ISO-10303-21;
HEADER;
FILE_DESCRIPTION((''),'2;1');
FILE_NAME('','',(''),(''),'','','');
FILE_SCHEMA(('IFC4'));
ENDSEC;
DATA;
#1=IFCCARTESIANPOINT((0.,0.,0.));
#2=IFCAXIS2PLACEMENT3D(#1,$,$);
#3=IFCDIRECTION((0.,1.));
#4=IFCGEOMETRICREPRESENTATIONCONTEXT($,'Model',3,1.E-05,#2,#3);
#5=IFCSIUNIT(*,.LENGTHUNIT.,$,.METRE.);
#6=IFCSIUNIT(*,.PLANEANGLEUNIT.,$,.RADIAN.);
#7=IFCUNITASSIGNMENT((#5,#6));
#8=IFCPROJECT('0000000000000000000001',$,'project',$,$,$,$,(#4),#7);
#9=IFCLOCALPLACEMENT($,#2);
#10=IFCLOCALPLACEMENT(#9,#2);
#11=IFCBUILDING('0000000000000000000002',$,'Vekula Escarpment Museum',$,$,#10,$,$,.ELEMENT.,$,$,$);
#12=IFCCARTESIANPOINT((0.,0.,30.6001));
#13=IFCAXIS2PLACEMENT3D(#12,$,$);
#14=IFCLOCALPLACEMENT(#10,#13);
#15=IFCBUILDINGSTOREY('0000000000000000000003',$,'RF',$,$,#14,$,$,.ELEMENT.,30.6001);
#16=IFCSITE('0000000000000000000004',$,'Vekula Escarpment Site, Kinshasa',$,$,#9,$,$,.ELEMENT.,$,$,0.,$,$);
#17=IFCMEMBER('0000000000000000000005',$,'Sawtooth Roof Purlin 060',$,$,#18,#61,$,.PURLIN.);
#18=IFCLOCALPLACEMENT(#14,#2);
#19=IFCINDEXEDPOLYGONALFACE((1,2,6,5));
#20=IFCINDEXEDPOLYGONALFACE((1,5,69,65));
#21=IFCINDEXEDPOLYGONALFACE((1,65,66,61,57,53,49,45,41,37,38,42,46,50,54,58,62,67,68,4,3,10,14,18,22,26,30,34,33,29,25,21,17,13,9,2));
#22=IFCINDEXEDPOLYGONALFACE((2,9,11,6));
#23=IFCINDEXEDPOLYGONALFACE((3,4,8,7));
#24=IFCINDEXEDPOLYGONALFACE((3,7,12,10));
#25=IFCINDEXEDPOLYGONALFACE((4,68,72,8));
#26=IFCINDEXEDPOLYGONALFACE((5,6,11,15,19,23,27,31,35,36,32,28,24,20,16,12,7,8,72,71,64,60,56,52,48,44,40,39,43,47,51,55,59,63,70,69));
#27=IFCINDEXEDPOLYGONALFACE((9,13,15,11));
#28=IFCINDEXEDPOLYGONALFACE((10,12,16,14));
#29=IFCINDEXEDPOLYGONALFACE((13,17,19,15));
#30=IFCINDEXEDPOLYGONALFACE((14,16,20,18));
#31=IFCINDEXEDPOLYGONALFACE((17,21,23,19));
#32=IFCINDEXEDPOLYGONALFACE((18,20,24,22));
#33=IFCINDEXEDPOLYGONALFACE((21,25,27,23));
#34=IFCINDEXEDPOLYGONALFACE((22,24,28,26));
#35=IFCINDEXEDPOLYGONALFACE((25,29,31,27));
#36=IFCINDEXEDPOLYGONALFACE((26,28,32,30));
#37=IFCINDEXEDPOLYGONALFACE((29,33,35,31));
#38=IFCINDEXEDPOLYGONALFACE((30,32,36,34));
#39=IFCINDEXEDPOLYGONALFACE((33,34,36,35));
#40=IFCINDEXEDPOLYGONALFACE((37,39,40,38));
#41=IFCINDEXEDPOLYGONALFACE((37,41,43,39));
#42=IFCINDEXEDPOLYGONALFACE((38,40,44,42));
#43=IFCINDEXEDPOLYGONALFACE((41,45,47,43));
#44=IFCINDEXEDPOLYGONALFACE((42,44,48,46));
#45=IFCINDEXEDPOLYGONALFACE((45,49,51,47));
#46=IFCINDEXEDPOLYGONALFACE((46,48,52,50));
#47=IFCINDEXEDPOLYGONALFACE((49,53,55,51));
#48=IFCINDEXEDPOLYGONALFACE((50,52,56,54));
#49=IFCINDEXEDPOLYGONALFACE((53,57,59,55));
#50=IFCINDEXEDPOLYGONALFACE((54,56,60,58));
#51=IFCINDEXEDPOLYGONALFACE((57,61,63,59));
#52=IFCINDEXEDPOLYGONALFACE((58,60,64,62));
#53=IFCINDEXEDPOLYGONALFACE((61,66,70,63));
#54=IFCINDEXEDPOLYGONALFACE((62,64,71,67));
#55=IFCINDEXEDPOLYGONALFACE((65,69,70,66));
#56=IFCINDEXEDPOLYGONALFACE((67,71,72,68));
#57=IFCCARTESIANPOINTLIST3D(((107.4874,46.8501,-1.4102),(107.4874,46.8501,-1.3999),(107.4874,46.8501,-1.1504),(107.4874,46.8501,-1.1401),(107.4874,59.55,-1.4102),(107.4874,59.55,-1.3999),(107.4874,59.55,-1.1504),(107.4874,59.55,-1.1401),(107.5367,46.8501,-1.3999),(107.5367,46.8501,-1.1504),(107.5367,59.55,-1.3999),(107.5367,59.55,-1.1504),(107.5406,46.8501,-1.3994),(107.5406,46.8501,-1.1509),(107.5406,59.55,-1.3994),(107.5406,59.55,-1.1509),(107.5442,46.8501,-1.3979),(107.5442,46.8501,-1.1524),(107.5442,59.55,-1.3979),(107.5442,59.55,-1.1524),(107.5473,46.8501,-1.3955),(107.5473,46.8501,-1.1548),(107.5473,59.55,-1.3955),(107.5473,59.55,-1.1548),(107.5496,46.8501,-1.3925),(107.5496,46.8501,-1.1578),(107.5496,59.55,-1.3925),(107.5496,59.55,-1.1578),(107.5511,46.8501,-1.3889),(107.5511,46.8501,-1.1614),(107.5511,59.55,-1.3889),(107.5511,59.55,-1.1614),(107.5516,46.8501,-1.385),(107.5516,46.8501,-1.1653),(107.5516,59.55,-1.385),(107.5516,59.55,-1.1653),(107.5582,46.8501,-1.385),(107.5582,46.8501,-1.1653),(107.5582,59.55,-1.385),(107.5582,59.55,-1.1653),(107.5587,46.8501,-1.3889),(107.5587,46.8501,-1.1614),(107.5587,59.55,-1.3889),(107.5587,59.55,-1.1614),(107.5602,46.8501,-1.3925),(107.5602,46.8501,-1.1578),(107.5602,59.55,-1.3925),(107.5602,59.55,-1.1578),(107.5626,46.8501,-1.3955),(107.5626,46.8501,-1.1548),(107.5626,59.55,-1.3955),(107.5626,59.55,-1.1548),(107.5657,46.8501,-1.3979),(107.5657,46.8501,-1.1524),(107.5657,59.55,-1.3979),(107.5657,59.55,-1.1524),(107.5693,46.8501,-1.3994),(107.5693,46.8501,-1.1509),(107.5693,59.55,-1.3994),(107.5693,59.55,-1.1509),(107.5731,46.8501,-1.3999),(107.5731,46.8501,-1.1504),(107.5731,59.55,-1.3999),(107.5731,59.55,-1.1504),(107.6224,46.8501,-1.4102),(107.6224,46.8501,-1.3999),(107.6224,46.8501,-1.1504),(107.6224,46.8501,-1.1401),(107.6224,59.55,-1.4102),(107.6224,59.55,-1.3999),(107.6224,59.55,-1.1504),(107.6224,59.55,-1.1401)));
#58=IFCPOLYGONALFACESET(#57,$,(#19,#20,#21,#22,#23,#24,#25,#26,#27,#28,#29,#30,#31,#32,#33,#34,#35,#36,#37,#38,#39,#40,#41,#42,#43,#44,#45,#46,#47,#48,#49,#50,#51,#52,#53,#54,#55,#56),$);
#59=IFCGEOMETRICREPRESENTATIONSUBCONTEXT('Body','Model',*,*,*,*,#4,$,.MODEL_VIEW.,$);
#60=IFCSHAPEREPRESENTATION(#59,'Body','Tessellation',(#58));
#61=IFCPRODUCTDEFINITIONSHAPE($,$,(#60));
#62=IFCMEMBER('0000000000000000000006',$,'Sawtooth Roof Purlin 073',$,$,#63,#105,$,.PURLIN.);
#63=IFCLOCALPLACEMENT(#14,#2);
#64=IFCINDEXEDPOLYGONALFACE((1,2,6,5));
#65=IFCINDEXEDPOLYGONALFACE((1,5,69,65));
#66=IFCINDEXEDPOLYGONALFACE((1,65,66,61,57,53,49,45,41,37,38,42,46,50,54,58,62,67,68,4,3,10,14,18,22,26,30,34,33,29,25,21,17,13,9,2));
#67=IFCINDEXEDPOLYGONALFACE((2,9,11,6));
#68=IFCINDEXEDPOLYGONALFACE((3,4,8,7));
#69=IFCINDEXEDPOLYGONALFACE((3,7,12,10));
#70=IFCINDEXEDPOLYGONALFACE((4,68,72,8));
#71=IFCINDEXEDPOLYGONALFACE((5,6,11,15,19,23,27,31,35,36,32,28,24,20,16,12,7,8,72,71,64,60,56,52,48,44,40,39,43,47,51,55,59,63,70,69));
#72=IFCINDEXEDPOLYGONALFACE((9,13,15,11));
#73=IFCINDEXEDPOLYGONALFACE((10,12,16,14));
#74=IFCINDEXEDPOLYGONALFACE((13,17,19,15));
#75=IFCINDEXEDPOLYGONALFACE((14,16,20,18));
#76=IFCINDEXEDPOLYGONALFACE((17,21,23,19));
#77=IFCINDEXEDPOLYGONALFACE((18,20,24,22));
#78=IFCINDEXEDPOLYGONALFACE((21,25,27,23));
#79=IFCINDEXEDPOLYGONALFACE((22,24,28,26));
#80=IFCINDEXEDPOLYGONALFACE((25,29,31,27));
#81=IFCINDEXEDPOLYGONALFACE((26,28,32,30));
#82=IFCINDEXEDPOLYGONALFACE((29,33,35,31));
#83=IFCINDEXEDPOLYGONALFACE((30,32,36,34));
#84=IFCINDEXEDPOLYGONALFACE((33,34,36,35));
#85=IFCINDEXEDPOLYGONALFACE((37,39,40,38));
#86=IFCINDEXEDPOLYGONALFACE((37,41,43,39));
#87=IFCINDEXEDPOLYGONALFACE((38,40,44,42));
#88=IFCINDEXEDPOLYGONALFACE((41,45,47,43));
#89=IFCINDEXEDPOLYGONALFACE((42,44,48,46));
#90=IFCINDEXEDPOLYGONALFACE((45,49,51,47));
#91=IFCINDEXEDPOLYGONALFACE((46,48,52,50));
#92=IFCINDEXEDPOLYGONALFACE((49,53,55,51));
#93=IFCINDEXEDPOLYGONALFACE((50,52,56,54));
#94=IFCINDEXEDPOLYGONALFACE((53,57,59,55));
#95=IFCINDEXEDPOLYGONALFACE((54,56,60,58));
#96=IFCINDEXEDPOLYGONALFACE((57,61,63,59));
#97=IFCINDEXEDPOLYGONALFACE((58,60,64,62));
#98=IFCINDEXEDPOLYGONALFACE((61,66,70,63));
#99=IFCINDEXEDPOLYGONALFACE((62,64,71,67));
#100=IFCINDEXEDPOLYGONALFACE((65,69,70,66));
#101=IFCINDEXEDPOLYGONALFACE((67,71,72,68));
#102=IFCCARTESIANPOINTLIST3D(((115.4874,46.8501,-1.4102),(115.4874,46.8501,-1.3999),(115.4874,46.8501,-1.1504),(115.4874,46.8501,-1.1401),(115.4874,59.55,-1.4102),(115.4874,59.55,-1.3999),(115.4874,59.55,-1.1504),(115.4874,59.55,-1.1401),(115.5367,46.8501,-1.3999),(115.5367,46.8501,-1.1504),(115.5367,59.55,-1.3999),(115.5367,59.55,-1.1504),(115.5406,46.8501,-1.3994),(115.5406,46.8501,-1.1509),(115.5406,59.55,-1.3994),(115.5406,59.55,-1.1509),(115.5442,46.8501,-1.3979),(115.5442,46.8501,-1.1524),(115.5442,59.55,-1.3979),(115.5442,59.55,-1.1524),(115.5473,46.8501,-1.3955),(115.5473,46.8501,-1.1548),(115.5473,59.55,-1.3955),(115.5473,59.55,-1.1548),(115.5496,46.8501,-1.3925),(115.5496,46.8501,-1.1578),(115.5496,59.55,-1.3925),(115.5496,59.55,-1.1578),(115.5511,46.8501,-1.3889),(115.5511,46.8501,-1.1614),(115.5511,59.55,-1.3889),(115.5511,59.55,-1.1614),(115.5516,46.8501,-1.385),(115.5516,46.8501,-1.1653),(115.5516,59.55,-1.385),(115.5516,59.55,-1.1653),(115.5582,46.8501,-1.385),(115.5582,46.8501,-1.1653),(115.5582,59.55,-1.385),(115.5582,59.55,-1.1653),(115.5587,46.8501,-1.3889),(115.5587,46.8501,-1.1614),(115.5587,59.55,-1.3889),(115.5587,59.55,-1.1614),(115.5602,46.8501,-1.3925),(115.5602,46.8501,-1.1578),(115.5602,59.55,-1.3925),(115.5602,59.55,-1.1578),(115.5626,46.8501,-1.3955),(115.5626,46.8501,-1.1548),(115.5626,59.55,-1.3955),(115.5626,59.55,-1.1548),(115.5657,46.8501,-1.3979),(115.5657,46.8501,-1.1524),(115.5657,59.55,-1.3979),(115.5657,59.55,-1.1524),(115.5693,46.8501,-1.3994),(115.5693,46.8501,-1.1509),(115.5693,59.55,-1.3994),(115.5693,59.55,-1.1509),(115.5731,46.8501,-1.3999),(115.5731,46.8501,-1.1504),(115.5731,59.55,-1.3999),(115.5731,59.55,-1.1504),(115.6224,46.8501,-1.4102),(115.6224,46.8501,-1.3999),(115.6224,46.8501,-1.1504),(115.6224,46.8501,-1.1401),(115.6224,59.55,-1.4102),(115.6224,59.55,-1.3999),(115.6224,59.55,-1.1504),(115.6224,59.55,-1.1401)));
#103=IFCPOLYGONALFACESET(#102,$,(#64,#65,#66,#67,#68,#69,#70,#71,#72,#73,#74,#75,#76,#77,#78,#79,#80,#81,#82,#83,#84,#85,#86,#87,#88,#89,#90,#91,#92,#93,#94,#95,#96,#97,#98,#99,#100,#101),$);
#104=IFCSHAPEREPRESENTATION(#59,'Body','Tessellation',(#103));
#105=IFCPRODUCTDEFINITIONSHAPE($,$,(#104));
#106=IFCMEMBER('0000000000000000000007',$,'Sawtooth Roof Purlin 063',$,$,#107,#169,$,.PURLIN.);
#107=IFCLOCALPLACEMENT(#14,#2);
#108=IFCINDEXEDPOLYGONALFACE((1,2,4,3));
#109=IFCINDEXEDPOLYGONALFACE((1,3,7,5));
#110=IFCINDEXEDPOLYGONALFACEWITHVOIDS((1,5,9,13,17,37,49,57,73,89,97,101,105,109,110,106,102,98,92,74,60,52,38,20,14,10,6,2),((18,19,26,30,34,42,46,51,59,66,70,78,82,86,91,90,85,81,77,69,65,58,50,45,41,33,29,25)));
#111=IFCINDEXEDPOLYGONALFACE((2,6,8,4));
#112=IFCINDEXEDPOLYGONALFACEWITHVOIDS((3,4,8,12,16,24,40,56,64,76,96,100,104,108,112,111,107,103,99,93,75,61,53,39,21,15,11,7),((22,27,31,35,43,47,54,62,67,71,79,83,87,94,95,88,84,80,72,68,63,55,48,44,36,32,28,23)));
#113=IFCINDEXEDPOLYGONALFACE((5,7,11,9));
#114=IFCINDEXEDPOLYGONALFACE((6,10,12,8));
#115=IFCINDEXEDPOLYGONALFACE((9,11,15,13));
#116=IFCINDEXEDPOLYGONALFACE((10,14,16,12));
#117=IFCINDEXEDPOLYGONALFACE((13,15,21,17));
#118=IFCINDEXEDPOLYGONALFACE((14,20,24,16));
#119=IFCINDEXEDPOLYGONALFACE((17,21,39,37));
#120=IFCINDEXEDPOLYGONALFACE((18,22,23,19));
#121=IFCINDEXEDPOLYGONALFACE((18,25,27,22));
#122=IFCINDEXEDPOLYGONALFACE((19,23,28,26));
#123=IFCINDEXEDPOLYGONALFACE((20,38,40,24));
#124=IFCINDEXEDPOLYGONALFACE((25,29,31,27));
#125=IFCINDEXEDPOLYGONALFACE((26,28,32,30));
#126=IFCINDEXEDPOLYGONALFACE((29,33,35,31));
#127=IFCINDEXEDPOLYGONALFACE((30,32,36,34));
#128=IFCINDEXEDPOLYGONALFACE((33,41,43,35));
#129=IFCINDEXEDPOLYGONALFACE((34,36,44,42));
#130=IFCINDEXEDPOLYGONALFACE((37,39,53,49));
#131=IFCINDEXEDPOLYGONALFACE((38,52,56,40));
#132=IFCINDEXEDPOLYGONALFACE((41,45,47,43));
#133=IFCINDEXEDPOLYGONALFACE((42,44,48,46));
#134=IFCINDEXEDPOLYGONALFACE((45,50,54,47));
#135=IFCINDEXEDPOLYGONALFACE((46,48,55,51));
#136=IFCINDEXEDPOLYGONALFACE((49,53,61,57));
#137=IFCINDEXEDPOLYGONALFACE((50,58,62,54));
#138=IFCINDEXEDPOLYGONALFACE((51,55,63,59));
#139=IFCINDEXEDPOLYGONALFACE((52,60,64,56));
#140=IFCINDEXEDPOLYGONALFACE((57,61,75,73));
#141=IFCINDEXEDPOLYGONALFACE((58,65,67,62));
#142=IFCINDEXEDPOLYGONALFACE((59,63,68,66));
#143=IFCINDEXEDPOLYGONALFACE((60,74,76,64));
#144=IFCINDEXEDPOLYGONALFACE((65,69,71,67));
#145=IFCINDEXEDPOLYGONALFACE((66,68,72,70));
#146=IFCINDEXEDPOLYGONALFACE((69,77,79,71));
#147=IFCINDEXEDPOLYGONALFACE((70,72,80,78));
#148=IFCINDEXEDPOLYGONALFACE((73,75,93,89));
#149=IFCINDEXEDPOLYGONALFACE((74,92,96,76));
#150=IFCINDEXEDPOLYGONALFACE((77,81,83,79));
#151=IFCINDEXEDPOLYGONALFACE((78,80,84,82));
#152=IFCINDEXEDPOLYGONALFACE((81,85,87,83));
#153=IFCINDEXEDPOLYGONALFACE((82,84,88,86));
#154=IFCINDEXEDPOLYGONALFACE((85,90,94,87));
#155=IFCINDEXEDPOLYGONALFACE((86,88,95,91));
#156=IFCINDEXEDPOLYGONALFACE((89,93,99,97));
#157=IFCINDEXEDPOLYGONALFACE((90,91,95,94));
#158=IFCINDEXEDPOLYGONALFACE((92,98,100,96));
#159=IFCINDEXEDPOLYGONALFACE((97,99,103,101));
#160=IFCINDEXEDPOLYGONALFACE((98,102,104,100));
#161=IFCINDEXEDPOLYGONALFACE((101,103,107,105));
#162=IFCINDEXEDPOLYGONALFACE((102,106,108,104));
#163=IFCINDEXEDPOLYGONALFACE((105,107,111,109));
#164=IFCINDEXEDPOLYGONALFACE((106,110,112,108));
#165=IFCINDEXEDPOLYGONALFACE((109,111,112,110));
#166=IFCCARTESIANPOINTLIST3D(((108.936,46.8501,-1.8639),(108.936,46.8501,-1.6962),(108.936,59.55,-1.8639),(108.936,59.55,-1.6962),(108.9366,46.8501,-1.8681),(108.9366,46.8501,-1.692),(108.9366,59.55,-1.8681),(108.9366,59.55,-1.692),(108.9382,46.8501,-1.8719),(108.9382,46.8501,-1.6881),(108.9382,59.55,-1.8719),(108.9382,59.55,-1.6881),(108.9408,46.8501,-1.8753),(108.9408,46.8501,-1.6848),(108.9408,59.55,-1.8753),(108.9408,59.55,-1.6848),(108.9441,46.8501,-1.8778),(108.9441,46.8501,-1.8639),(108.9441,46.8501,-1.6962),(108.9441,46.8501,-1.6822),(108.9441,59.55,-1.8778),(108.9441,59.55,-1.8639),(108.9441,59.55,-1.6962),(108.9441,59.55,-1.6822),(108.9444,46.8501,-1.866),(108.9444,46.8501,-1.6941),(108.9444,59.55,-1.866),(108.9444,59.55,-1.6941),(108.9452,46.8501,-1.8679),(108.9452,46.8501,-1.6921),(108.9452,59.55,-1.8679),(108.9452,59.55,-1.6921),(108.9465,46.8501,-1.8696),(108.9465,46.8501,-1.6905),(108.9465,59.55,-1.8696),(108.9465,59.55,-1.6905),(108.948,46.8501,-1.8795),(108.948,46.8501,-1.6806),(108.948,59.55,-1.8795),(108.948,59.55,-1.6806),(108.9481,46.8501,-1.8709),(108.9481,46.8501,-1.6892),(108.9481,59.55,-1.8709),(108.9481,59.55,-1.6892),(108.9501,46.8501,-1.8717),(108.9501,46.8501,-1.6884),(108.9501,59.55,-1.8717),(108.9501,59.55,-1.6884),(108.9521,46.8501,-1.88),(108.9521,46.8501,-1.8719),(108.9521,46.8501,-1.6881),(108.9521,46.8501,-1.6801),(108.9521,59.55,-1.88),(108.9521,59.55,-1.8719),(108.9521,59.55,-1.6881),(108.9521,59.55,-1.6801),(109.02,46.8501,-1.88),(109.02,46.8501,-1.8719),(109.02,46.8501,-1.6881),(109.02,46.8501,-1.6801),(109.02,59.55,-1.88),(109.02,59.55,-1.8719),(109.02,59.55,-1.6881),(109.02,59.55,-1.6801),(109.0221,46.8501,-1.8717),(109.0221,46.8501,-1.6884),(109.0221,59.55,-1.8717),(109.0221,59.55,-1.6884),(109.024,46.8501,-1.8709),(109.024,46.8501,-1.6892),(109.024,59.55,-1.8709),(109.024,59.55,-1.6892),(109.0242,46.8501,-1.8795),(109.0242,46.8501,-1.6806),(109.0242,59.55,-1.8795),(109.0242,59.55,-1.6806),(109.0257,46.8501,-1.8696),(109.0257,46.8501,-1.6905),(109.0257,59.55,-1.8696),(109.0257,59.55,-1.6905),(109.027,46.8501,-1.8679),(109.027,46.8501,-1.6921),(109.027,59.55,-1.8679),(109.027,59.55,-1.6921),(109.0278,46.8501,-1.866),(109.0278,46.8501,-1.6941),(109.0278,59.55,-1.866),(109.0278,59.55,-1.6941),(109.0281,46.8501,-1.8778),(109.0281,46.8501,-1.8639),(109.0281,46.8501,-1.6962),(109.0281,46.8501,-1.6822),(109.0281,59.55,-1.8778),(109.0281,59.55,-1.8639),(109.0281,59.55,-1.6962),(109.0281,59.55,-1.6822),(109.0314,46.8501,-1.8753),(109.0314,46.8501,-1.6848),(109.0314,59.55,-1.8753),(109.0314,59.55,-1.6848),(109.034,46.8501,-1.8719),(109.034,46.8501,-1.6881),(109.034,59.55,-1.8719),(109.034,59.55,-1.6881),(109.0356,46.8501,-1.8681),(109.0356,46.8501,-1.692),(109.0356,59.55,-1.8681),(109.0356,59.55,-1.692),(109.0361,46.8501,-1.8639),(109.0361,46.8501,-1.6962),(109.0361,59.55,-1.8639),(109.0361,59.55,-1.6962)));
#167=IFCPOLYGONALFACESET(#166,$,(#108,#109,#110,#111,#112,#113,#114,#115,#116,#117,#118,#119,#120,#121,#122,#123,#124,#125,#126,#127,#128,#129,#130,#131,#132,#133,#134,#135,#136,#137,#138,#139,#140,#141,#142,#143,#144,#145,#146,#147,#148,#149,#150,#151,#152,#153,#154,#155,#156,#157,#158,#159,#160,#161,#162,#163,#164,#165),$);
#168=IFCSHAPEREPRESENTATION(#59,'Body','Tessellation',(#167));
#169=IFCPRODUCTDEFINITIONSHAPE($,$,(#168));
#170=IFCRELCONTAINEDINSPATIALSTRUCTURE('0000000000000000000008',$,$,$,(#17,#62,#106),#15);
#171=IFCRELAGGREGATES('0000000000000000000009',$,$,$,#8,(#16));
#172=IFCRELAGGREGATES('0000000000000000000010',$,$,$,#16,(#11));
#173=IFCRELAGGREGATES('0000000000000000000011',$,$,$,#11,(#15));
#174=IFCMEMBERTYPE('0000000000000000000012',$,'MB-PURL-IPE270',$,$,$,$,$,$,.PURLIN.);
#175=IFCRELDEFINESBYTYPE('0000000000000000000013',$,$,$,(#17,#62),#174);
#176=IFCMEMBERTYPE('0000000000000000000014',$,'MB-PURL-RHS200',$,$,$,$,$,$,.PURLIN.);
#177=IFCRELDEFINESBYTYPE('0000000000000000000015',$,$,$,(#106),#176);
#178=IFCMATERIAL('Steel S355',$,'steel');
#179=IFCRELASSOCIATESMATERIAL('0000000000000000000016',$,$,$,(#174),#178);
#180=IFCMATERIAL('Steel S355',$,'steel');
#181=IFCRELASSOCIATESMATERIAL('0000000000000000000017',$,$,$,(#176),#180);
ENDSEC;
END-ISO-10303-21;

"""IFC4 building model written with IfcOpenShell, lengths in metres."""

from ifc_helpers import new_model, si_unit, direction, frame, origin, origin_2d, place, context, subcontext, project, spatial, hollow_rectangle, i_section, extrude, material, material_profile, profile_set, type_object, element, save


model = new_model("IFC4")

# Units and contexts
model_context = context("Model", 3, precision=1e-05, world=origin(), true_north=direction((0.0, 1.0)))
body_context = subcontext(model_context, "Body", "Model", "MODEL_VIEW")
ifc_project = project(units=[si_unit("LENGTHUNIT", "METRE"), si_unit("PLANEANGLEUNIT", "RADIAN")], contexts=[model_context])

# Site, building, storey
site_placement = place(None, origin())
site = spatial("IfcSite", under=ifc_project, at=site_placement, Name="Vekula Escarpment Site, Kinshasa", CompositionType="ELEMENT", RefElevation=0.0)
building_placement = place(site_placement, origin())
building = spatial("IfcBuilding", under=site, at=building_placement, Name="Vekula Escarpment Museum", CompositionType="ELEMENT")
storey_placement = place(building_placement, frame((0.0, 0.0, 30.6001)))
storey = spatial("IfcBuildingStorey", under=building, at=storey_placement, Name="RF", CompositionType="ELEMENT", Elevation=30.6001)

# Members
ifc_material_1 = material(Name="Steel S355", Category="steel")
ifc_material_profile_1 = material_profile(ifc_material_1, i_section(OverallWidth=0.135, OverallDepth=0.27, WebThickness=0.0066, FlangeThickness=0.0103, FilletRadius=0.0149, at=origin_2d()), Name="IPE 270")
ifc_profile_set_1 = profile_set([ifc_material_profile_1], Name="Steel S355")
member_type_1 = type_object("IfcMemberType", Name="MB-PURL-IPE270", PredefinedType="PURLIN", material=ifc_profile_set_1)
for number, where, z_axis, x_axis, name in (
    (1, (107.5549, 46.8501, -1.2751), (0.0, 1.0, 0.0), (-1.0, 0.0, 0.0), "Sawtooth Roof Purlin 060"),
    (2, (115.5549, 46.8501, -1.2751), (0.0, 1.0, 0.0), (-1.0, 0.0, 0.0), "Sawtooth Roof Purlin 073"),
):
    element("IfcMember", number, at=place(storey_placement, frame(where, z_axis=z_axis, x_axis=x_axis)), inside=storey, type_object=member_type_1, Name=name, PredefinedType="PURLIN", context=body_context, shape_type="SweptSolid", body=[
        extrude(i_section(OverallWidth=0.135, OverallDepth=0.27, WebThickness=0.0066, FlangeThickness=0.0103, FilletRadius=0.0149, at=origin_2d()), origin(), (0.0, 0.0, 1.0), 12.7),
    ])
ifc_material_2 = material(Name="Steel S355", Category="steel")
ifc_material_profile_2 = material_profile(ifc_material_2, hollow_rectangle(XDim=0.1001, YDim=0.2, WallThickness=0.0081, InnerFilletRadius=0.0081, OuterFilletRadius=0.0161, at=origin_2d()), Name="RHS 200x100x8")
ifc_profile_set_2 = profile_set([ifc_material_profile_2], Name="Steel S355")
member_type_2 = type_object("IfcMemberType", Name="MB-PURL-RHS200", PredefinedType="PURLIN", material=ifc_profile_set_2)
for number, where, z_axis, x_axis, name in (
    (3, (108.9861, 46.8501, -1.78), (0.0, 1.0, 0.0), (-1.0, 0.0, 0.0), "Sawtooth Roof Purlin 063"),
):
    element("IfcMember", number, at=place(storey_placement, frame(where, z_axis=z_axis, x_axis=x_axis)), inside=storey, type_object=member_type_2, Name=name, PredefinedType="PURLIN", context=body_context, shape_type="SweptSolid", body=[
        extrude(hollow_rectangle(XDim=0.1001, YDim=0.2, WallThickness=0.0081, InnerFilletRadius=0.0081, OuterFilletRadius=0.0161, at=origin_2d()), origin(), (0.0, 0.0, 1.0), 12.7),
    ])

save(model, "model.ifc")
